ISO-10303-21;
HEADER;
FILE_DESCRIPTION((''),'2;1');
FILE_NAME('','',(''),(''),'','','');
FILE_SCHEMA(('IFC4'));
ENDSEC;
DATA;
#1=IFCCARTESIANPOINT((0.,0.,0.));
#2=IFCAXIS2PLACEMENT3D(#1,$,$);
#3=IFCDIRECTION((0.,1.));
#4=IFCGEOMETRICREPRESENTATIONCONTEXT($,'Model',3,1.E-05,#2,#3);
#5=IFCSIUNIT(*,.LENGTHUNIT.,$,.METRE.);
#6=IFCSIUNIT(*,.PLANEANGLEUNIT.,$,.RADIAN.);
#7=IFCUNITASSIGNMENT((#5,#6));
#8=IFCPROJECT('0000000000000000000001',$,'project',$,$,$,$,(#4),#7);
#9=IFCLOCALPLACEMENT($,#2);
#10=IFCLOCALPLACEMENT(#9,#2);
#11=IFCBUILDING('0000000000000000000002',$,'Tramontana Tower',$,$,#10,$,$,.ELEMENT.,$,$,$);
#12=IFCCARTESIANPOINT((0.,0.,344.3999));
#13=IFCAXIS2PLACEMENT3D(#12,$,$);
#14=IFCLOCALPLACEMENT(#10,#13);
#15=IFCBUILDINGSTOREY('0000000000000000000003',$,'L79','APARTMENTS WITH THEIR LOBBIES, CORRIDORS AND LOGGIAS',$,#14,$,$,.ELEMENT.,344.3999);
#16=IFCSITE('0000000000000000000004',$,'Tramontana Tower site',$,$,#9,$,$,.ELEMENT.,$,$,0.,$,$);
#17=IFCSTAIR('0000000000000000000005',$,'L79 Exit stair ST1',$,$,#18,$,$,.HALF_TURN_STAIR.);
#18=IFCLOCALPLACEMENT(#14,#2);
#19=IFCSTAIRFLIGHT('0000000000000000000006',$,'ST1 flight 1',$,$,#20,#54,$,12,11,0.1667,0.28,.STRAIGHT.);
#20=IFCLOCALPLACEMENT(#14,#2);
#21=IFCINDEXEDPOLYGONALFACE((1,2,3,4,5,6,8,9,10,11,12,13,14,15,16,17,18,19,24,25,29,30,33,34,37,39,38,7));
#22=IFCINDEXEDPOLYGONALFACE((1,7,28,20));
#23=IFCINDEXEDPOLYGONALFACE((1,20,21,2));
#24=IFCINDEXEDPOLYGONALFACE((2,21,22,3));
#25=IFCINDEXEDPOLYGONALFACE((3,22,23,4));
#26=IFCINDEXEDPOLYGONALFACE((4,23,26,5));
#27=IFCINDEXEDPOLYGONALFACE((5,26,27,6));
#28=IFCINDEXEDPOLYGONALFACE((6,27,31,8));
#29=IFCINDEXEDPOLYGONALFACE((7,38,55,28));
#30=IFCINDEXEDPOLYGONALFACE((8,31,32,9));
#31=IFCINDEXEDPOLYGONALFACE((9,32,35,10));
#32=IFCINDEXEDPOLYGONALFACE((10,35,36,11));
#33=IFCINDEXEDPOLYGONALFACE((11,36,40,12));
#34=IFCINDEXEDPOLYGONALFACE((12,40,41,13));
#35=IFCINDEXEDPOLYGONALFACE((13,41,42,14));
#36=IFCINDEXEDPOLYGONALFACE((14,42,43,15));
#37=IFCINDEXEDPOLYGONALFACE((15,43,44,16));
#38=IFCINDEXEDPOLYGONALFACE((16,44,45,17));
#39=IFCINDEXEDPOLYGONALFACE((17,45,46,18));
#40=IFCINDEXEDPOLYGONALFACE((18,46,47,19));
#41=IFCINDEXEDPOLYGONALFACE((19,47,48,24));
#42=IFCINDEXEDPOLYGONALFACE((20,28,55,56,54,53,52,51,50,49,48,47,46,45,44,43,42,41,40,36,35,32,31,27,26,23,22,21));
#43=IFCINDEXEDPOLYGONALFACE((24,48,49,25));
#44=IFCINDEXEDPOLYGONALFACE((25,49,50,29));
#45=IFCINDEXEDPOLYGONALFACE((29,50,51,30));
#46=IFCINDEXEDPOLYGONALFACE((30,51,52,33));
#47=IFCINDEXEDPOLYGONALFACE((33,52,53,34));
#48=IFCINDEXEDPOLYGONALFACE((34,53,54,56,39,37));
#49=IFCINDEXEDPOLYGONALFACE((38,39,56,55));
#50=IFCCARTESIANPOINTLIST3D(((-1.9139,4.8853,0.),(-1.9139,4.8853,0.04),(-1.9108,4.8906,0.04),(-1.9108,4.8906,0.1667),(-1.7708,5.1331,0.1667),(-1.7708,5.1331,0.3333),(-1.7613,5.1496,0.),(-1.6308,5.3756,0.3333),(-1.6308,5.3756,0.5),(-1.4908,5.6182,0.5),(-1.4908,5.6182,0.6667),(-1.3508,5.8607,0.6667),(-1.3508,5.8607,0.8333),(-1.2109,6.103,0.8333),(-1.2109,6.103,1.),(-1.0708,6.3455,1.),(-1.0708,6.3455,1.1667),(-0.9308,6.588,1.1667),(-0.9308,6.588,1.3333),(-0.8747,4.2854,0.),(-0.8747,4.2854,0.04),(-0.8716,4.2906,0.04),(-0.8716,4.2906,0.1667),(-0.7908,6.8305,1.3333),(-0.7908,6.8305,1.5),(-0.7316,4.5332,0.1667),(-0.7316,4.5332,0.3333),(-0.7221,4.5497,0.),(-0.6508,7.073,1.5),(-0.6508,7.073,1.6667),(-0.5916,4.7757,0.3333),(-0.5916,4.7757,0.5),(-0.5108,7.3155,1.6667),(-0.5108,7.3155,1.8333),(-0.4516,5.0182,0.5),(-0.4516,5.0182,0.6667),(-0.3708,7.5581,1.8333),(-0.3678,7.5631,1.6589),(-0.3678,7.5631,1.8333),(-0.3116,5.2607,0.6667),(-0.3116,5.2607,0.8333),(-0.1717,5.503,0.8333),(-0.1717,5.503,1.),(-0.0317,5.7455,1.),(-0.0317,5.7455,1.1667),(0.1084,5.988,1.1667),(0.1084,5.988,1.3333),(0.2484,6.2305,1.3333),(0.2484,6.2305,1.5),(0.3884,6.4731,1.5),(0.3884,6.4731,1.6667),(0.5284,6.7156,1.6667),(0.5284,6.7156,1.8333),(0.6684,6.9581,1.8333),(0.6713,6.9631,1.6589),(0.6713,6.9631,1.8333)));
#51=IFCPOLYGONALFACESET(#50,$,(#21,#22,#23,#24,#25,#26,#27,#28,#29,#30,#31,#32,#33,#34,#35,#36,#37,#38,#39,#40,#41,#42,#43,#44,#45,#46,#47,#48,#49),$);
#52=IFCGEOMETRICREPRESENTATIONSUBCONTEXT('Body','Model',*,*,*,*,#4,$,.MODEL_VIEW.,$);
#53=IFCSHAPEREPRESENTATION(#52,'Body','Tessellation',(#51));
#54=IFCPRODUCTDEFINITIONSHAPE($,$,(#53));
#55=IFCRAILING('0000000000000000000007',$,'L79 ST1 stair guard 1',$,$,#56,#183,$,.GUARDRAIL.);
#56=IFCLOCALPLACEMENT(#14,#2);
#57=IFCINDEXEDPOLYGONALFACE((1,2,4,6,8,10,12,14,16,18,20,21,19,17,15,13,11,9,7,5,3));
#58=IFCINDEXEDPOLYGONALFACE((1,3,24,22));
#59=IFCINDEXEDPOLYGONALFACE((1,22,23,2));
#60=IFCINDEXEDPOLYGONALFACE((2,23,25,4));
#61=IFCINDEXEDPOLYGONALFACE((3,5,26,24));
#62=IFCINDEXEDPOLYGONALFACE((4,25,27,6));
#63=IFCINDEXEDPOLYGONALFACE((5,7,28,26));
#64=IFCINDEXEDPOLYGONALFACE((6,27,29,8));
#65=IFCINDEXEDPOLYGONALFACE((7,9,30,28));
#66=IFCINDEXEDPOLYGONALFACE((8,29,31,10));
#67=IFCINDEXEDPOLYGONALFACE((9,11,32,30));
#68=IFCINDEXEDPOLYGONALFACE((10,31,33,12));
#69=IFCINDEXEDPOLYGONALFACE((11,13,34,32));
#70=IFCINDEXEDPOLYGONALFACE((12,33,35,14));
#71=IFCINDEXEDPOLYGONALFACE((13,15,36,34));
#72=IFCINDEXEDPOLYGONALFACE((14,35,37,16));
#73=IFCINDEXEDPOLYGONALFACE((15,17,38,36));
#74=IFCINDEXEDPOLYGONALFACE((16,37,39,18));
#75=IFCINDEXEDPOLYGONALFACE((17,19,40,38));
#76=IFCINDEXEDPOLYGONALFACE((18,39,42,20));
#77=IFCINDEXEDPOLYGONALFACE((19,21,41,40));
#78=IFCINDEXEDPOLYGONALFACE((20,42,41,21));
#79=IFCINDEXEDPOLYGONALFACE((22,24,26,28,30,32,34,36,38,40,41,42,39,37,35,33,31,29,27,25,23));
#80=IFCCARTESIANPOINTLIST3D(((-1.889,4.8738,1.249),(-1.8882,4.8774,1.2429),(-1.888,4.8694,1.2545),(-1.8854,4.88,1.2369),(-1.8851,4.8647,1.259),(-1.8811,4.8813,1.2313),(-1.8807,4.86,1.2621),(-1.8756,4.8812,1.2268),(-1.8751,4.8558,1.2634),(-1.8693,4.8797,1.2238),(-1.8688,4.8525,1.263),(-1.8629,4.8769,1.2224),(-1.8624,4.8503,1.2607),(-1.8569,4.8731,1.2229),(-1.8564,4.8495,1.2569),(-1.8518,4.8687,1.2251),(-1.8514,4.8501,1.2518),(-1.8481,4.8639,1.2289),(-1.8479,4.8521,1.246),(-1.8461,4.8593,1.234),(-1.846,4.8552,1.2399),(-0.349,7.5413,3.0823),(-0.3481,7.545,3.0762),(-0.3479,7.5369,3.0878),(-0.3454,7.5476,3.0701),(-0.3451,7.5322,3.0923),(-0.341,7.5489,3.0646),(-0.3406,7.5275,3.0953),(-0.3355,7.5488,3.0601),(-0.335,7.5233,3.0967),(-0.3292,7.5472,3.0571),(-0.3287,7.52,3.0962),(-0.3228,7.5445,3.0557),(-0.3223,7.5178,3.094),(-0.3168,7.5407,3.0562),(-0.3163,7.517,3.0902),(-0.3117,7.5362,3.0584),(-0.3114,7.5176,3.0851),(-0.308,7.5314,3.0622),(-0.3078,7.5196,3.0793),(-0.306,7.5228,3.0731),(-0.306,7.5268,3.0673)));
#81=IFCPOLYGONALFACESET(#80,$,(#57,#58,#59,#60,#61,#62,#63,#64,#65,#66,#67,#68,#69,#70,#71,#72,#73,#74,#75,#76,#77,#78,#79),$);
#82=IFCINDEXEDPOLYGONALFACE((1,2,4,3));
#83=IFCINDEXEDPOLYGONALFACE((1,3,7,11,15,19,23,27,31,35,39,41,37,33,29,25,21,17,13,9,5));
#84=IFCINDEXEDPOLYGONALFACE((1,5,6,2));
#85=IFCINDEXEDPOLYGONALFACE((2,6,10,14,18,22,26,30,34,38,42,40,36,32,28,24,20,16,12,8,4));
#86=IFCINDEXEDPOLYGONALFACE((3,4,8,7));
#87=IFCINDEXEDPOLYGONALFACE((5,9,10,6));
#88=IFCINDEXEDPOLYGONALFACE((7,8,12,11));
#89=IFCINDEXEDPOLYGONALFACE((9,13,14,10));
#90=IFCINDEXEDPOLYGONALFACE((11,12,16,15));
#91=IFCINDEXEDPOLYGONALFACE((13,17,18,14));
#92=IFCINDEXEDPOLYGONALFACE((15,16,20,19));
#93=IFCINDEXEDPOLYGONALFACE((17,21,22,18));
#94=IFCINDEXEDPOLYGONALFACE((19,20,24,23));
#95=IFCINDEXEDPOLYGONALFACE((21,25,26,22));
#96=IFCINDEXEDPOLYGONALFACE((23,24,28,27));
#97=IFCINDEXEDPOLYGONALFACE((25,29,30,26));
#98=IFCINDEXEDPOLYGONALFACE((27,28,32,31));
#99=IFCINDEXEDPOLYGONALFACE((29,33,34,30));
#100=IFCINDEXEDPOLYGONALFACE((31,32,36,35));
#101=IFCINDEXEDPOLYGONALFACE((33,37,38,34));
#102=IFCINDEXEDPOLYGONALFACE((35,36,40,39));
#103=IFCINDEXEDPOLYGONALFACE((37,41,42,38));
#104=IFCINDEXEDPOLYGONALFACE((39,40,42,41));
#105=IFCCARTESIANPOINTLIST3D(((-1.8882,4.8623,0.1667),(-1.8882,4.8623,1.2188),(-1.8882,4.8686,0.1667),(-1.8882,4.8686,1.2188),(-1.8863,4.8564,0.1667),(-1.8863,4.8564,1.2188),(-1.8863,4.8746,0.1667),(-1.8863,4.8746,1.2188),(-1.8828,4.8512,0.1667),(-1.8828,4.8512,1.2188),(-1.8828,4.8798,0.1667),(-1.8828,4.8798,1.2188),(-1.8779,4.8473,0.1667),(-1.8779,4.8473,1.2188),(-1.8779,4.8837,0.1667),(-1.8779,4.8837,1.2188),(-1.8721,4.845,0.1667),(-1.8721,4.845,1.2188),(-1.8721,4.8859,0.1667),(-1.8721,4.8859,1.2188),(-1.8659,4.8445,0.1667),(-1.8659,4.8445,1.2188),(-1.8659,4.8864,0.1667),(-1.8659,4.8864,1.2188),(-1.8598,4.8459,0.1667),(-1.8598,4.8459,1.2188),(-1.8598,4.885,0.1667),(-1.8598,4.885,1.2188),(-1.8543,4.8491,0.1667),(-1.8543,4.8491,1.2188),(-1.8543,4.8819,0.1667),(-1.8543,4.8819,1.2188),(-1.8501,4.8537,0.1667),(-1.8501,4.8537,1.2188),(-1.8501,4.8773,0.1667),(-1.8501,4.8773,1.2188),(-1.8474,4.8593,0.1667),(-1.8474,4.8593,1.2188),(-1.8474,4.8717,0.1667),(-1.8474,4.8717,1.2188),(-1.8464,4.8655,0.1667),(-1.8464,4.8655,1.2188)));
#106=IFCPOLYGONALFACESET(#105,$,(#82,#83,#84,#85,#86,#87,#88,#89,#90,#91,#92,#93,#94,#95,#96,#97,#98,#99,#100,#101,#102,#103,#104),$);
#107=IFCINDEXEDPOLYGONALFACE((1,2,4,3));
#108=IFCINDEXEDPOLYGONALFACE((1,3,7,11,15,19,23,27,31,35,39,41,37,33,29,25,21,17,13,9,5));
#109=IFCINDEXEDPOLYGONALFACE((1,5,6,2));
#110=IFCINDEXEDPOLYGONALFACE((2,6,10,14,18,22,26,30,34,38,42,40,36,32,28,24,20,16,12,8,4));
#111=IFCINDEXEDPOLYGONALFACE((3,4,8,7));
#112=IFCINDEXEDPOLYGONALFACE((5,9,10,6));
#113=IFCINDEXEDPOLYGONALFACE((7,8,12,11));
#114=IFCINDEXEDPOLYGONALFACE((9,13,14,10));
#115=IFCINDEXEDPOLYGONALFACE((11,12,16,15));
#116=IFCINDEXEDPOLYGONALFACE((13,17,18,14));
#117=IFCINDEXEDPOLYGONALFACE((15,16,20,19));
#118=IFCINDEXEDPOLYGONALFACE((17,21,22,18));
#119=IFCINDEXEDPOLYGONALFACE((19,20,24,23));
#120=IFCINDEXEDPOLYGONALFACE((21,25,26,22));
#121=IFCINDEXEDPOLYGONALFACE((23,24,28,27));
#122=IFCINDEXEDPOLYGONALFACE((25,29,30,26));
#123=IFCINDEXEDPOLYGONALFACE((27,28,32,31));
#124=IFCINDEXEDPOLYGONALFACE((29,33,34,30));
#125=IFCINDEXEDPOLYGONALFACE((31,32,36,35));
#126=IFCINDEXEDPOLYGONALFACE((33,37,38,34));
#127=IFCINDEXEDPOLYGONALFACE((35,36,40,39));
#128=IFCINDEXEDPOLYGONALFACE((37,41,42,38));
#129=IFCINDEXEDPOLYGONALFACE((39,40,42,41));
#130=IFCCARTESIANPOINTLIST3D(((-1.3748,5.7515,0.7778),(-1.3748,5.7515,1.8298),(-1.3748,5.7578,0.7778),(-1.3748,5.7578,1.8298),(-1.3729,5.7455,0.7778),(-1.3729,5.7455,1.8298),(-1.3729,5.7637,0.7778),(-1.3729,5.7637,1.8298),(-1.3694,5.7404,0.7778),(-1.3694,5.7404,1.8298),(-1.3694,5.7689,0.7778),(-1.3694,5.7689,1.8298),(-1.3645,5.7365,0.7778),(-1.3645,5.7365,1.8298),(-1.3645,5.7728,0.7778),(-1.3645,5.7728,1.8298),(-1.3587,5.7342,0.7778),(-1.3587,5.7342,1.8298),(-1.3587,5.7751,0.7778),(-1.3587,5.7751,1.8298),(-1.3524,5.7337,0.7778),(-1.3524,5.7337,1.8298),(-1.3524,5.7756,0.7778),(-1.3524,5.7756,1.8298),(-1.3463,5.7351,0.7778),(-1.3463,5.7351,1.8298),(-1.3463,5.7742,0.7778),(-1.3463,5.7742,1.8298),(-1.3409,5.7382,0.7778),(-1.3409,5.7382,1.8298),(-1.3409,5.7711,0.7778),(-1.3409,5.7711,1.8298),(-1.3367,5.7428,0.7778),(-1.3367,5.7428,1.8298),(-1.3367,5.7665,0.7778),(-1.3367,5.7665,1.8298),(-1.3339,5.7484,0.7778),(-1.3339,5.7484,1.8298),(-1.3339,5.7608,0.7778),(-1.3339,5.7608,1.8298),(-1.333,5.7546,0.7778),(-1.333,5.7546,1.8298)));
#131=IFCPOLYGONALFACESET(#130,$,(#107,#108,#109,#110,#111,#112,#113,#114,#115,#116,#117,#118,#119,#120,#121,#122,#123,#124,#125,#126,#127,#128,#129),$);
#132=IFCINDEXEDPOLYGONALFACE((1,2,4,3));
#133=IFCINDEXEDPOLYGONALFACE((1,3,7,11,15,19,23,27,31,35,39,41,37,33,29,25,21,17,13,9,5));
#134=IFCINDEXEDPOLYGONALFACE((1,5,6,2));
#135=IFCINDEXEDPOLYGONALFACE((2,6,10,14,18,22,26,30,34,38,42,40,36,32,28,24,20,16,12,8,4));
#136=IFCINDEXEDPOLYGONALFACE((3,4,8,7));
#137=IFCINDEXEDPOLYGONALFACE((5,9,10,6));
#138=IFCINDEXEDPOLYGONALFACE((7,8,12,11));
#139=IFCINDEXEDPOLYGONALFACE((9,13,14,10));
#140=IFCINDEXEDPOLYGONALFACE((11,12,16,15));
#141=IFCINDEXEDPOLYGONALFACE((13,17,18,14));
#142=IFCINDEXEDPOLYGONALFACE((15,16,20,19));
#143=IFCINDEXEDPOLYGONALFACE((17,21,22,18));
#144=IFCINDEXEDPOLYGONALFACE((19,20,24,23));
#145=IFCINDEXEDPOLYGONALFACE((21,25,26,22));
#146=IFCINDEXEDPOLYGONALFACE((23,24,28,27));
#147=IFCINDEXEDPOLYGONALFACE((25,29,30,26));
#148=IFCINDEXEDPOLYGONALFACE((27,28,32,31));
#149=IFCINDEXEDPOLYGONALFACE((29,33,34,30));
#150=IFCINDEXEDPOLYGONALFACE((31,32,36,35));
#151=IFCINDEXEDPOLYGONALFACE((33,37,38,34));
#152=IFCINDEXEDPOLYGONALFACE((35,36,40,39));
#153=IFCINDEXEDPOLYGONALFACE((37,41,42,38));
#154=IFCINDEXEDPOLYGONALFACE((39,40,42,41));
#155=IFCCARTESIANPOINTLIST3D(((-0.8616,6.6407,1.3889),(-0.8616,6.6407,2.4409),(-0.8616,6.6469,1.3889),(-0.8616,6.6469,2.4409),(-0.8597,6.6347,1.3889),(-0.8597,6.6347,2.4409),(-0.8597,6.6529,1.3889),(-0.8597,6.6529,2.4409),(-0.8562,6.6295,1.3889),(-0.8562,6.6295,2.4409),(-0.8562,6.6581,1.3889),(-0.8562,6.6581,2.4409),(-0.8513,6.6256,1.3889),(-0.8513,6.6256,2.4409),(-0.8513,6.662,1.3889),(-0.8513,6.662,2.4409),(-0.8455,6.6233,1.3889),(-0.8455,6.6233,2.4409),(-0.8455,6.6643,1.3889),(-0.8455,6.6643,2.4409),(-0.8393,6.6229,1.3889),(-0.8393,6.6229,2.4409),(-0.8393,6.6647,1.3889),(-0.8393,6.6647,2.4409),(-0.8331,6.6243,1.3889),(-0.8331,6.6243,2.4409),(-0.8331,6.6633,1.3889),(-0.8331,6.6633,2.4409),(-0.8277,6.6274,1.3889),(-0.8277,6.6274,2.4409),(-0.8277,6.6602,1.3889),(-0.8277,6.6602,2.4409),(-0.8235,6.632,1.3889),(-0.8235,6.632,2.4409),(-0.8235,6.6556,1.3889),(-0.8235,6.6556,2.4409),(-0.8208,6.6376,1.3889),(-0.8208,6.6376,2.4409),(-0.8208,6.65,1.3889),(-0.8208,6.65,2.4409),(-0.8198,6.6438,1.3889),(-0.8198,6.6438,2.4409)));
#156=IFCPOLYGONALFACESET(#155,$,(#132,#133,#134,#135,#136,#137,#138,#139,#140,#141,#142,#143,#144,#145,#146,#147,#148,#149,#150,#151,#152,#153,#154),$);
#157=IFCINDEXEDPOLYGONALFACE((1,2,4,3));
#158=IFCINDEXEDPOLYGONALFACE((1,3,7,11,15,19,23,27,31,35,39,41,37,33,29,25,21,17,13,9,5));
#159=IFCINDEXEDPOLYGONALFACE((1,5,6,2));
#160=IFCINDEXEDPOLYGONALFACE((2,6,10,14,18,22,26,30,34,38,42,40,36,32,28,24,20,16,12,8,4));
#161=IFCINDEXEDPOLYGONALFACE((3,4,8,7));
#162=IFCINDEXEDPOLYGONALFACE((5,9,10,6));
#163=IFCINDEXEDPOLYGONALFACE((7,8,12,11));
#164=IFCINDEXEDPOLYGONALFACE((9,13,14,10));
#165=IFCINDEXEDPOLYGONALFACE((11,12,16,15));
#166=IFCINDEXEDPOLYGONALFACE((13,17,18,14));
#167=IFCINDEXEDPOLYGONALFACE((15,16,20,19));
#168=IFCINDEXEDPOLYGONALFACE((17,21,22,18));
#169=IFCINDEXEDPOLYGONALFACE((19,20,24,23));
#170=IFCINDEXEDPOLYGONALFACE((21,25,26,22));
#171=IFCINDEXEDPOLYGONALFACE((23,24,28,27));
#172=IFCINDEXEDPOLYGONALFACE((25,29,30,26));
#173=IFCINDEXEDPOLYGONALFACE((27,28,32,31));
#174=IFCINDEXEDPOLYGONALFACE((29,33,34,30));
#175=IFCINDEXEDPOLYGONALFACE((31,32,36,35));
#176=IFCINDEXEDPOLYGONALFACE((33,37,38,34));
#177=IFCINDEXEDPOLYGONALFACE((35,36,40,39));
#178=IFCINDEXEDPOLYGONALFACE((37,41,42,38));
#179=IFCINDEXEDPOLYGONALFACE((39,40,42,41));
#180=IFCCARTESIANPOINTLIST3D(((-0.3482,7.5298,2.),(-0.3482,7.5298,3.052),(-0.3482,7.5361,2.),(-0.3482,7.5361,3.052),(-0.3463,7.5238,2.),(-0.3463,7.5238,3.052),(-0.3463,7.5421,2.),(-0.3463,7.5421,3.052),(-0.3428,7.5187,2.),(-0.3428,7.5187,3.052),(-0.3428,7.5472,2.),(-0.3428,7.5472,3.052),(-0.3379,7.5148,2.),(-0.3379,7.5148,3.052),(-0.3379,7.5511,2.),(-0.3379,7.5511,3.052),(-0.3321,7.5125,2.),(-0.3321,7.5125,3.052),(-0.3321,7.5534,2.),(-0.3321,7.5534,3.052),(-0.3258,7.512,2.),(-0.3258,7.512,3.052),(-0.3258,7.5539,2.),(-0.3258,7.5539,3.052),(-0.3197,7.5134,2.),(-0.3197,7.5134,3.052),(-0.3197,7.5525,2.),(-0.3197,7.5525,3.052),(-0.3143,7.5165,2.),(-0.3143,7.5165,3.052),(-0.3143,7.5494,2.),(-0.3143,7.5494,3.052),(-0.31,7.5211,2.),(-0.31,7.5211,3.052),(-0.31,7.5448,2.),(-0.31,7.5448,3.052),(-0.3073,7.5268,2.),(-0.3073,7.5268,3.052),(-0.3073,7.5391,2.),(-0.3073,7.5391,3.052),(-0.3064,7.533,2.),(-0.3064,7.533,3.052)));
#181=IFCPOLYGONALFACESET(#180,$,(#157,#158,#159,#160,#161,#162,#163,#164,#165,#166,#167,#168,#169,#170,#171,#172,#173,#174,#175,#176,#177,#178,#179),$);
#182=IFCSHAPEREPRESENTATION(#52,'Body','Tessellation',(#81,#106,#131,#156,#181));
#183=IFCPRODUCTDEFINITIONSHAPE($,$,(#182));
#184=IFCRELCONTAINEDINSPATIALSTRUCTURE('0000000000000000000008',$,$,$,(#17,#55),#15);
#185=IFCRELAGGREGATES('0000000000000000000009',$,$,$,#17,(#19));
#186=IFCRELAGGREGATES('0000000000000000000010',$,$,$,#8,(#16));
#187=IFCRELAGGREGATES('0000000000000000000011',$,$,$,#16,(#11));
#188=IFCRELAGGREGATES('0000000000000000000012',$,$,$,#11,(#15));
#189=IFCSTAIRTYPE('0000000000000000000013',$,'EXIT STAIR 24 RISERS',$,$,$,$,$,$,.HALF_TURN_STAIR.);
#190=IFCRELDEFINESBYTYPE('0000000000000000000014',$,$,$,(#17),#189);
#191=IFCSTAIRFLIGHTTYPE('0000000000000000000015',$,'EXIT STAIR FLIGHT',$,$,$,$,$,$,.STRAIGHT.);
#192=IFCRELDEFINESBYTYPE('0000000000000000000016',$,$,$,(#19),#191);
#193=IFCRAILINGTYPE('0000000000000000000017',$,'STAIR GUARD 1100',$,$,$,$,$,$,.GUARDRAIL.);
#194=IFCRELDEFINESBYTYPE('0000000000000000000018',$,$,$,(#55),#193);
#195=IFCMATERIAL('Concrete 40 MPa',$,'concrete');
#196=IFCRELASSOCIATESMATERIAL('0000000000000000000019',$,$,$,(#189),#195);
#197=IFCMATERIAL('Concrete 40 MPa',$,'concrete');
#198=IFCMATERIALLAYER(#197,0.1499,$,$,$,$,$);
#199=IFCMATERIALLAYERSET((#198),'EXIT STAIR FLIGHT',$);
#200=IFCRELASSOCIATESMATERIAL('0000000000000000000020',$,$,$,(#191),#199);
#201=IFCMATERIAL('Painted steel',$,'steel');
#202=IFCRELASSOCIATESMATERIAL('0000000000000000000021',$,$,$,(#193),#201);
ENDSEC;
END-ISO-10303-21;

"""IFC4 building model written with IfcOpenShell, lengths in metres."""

from ifc_helpers import new_model, si_unit, direction, frame, origin, origin_2d, place, context, subcontext, project, spatial, polyline, circle, outline, extrude, material, layer, layer_set, type_object, element, aggregate, save


model = new_model("IFC4")

# Units and contexts
model_context = context("Model", 3, precision=1e-05, world=origin(), true_north=direction((0.0, 1.0)))
body_context = subcontext(model_context, "Body", "Model", "MODEL_VIEW")
ifc_project = project(units=[si_unit("LENGTHUNIT", "METRE"), si_unit("PLANEANGLEUNIT", "RADIAN")], contexts=[model_context])

# Site, building, storey
site_placement = place(None, origin())
site = spatial("IfcSite", under=ifc_project, at=site_placement, Name="Tramontana Tower site", CompositionType="ELEMENT", RefElevation=0.0)
building_placement = place(site_placement, origin())
building = spatial("IfcBuilding", under=site, at=building_placement, Name="Tramontana Tower", CompositionType="ELEMENT")
storey_placement = place(building_placement, frame((0.0, 0.0, 344.3999)))
storey = spatial("IfcBuildingStorey", under=building, at=storey_placement, Name="L79", Description="APARTMENTS WITH THEIR LOBBIES, CORRIDORS AND LOGGIAS", CompositionType="ELEMENT", Elevation=344.3999)

# Stair, stair flight
ifc_material_1 = material(Name="Concrete 40 MPa", Category="concrete")
stair_type = type_object("IfcStairType", Name="EXIT STAIR 24 RISERS", PredefinedType="HALF_TURN_STAIR", material=ifc_material_1)
stair_placement = place(storey_placement, origin())
stair = element("IfcStair", 1, at=stair_placement, inside=storey, type_object=stair_type, Name="L79 Exit stair ST1", PredefinedType="HALF_TURN_STAIR")
ifc_material_2 = material(Name="Concrete 40 MPa", Category="concrete")
ifc_layer_1 = layer(ifc_material_2, 0.1499)
ifc_layer_set_1 = layer_set([ifc_layer_1], Name="EXIT STAIR FLIGHT")
stair_flight_type = type_object("IfcStairFlightType", Name="EXIT STAIR FLIGHT", PredefinedType="STRAIGHT", material=ifc_layer_set_1)
stair_flight_placement = place(storey_placement, frame((-1.3911, 4.5906, 0.0), z_axis=(0.0, 0.0, 1.0), x_axis=(0.5, 0.866025, 0.0)))
stair_flight = element("IfcStairFlight", 2, at=stair_flight_placement, type_object=stair_flight_type, Name="ST1 flight 1", NumberOfRisers=12, NumberOfTreads=11, PredefinedType="STRAIGHT", RiserHeight=0.1667, TreadLength=0.28, context=body_context, shape_type="SweptSolid", body=[
    extrude(outline(polyline([(-0.0061, 0.0), (-0.0061, 0.04), (0.0, 0.04), (0.0, 0.1667), (0.28, 0.1667), (0.28, 0.3333), (0.5601, 0.3333), (0.5601, 0.5), (0.8401, 0.5), (0.8401, 0.6667), (1.1201, 0.6667), (1.1201, 0.8333), (1.3999, 0.8333), (1.3999, 1.0), (1.6799, 1.0), (1.6799, 1.1667), (1.96, 1.1667), (1.96, 1.3333), (2.24, 1.3333), (2.24, 1.5), (2.52, 1.5), (2.52, 1.6667), (2.8, 1.6667), (2.8, 1.8333), (3.0801, 1.8333), (3.0859, 1.8333), (3.0859, 1.6589), (0.2991, 0.0), (-0.0061, 0.0)])), frame((0.0, 0.6001, 0.0), z_axis=(0.0, -1.0, 0.0), x_axis=(1.0, 0.0, 0.0)), (0.0, 0.0, 1.0), 1.2),
])
aggregate(stair, [stair_flight])

# Railing
ifc_material_3 = material(Name="Painted steel", Category="steel")
railing_type_1 = type_object("IfcRailingType", Name="STAIR GUARD 1100", PredefinedType="GUARDRAIL", material=ifc_material_3)
railing_1_placement = place(storey_placement, frame((-1.8674, 4.8655, 0.1667)))
element("IfcRailing", 3, at=railing_1_placement, inside=storey, type_object=railing_type_1, Name="L79 ST1 stair guard 1", PredefinedType="GUARDRAIL", context=body_context, shape_type="SweptSolid", body=[
    extrude(circle(Radius=0.0239, at=origin_2d()), frame((0.0, 0.0, 1.0762), z_axis=(0.429649, 0.74419, 0.511452), x_axis=(-0.86603, 0.499992, 0.0)), (0.0, 0.0, 1.0), 3.5845),
    extrude(circle(Radius=0.021, at=origin_2d()), origin(), (0.0, 0.0, 1.0), 1.052),
    extrude(circle(Radius=0.021, at=origin_2d()), frame((0.5134, 0.8892, 0.6111)), (0.0, 0.0, 1.0), 1.052),
    extrude(circle(Radius=0.021, at=origin_2d()), frame((1.0266, 1.7783, 1.2222)), (0.0, 0.0, 1.0), 1.052),
    extrude(circle(Radius=0.021, at=origin_2d()), frame((1.54, 2.6675, 1.8333)), (0.0, 0.0, 1.0), 1.052),
])

save(model, "model.ifc")
